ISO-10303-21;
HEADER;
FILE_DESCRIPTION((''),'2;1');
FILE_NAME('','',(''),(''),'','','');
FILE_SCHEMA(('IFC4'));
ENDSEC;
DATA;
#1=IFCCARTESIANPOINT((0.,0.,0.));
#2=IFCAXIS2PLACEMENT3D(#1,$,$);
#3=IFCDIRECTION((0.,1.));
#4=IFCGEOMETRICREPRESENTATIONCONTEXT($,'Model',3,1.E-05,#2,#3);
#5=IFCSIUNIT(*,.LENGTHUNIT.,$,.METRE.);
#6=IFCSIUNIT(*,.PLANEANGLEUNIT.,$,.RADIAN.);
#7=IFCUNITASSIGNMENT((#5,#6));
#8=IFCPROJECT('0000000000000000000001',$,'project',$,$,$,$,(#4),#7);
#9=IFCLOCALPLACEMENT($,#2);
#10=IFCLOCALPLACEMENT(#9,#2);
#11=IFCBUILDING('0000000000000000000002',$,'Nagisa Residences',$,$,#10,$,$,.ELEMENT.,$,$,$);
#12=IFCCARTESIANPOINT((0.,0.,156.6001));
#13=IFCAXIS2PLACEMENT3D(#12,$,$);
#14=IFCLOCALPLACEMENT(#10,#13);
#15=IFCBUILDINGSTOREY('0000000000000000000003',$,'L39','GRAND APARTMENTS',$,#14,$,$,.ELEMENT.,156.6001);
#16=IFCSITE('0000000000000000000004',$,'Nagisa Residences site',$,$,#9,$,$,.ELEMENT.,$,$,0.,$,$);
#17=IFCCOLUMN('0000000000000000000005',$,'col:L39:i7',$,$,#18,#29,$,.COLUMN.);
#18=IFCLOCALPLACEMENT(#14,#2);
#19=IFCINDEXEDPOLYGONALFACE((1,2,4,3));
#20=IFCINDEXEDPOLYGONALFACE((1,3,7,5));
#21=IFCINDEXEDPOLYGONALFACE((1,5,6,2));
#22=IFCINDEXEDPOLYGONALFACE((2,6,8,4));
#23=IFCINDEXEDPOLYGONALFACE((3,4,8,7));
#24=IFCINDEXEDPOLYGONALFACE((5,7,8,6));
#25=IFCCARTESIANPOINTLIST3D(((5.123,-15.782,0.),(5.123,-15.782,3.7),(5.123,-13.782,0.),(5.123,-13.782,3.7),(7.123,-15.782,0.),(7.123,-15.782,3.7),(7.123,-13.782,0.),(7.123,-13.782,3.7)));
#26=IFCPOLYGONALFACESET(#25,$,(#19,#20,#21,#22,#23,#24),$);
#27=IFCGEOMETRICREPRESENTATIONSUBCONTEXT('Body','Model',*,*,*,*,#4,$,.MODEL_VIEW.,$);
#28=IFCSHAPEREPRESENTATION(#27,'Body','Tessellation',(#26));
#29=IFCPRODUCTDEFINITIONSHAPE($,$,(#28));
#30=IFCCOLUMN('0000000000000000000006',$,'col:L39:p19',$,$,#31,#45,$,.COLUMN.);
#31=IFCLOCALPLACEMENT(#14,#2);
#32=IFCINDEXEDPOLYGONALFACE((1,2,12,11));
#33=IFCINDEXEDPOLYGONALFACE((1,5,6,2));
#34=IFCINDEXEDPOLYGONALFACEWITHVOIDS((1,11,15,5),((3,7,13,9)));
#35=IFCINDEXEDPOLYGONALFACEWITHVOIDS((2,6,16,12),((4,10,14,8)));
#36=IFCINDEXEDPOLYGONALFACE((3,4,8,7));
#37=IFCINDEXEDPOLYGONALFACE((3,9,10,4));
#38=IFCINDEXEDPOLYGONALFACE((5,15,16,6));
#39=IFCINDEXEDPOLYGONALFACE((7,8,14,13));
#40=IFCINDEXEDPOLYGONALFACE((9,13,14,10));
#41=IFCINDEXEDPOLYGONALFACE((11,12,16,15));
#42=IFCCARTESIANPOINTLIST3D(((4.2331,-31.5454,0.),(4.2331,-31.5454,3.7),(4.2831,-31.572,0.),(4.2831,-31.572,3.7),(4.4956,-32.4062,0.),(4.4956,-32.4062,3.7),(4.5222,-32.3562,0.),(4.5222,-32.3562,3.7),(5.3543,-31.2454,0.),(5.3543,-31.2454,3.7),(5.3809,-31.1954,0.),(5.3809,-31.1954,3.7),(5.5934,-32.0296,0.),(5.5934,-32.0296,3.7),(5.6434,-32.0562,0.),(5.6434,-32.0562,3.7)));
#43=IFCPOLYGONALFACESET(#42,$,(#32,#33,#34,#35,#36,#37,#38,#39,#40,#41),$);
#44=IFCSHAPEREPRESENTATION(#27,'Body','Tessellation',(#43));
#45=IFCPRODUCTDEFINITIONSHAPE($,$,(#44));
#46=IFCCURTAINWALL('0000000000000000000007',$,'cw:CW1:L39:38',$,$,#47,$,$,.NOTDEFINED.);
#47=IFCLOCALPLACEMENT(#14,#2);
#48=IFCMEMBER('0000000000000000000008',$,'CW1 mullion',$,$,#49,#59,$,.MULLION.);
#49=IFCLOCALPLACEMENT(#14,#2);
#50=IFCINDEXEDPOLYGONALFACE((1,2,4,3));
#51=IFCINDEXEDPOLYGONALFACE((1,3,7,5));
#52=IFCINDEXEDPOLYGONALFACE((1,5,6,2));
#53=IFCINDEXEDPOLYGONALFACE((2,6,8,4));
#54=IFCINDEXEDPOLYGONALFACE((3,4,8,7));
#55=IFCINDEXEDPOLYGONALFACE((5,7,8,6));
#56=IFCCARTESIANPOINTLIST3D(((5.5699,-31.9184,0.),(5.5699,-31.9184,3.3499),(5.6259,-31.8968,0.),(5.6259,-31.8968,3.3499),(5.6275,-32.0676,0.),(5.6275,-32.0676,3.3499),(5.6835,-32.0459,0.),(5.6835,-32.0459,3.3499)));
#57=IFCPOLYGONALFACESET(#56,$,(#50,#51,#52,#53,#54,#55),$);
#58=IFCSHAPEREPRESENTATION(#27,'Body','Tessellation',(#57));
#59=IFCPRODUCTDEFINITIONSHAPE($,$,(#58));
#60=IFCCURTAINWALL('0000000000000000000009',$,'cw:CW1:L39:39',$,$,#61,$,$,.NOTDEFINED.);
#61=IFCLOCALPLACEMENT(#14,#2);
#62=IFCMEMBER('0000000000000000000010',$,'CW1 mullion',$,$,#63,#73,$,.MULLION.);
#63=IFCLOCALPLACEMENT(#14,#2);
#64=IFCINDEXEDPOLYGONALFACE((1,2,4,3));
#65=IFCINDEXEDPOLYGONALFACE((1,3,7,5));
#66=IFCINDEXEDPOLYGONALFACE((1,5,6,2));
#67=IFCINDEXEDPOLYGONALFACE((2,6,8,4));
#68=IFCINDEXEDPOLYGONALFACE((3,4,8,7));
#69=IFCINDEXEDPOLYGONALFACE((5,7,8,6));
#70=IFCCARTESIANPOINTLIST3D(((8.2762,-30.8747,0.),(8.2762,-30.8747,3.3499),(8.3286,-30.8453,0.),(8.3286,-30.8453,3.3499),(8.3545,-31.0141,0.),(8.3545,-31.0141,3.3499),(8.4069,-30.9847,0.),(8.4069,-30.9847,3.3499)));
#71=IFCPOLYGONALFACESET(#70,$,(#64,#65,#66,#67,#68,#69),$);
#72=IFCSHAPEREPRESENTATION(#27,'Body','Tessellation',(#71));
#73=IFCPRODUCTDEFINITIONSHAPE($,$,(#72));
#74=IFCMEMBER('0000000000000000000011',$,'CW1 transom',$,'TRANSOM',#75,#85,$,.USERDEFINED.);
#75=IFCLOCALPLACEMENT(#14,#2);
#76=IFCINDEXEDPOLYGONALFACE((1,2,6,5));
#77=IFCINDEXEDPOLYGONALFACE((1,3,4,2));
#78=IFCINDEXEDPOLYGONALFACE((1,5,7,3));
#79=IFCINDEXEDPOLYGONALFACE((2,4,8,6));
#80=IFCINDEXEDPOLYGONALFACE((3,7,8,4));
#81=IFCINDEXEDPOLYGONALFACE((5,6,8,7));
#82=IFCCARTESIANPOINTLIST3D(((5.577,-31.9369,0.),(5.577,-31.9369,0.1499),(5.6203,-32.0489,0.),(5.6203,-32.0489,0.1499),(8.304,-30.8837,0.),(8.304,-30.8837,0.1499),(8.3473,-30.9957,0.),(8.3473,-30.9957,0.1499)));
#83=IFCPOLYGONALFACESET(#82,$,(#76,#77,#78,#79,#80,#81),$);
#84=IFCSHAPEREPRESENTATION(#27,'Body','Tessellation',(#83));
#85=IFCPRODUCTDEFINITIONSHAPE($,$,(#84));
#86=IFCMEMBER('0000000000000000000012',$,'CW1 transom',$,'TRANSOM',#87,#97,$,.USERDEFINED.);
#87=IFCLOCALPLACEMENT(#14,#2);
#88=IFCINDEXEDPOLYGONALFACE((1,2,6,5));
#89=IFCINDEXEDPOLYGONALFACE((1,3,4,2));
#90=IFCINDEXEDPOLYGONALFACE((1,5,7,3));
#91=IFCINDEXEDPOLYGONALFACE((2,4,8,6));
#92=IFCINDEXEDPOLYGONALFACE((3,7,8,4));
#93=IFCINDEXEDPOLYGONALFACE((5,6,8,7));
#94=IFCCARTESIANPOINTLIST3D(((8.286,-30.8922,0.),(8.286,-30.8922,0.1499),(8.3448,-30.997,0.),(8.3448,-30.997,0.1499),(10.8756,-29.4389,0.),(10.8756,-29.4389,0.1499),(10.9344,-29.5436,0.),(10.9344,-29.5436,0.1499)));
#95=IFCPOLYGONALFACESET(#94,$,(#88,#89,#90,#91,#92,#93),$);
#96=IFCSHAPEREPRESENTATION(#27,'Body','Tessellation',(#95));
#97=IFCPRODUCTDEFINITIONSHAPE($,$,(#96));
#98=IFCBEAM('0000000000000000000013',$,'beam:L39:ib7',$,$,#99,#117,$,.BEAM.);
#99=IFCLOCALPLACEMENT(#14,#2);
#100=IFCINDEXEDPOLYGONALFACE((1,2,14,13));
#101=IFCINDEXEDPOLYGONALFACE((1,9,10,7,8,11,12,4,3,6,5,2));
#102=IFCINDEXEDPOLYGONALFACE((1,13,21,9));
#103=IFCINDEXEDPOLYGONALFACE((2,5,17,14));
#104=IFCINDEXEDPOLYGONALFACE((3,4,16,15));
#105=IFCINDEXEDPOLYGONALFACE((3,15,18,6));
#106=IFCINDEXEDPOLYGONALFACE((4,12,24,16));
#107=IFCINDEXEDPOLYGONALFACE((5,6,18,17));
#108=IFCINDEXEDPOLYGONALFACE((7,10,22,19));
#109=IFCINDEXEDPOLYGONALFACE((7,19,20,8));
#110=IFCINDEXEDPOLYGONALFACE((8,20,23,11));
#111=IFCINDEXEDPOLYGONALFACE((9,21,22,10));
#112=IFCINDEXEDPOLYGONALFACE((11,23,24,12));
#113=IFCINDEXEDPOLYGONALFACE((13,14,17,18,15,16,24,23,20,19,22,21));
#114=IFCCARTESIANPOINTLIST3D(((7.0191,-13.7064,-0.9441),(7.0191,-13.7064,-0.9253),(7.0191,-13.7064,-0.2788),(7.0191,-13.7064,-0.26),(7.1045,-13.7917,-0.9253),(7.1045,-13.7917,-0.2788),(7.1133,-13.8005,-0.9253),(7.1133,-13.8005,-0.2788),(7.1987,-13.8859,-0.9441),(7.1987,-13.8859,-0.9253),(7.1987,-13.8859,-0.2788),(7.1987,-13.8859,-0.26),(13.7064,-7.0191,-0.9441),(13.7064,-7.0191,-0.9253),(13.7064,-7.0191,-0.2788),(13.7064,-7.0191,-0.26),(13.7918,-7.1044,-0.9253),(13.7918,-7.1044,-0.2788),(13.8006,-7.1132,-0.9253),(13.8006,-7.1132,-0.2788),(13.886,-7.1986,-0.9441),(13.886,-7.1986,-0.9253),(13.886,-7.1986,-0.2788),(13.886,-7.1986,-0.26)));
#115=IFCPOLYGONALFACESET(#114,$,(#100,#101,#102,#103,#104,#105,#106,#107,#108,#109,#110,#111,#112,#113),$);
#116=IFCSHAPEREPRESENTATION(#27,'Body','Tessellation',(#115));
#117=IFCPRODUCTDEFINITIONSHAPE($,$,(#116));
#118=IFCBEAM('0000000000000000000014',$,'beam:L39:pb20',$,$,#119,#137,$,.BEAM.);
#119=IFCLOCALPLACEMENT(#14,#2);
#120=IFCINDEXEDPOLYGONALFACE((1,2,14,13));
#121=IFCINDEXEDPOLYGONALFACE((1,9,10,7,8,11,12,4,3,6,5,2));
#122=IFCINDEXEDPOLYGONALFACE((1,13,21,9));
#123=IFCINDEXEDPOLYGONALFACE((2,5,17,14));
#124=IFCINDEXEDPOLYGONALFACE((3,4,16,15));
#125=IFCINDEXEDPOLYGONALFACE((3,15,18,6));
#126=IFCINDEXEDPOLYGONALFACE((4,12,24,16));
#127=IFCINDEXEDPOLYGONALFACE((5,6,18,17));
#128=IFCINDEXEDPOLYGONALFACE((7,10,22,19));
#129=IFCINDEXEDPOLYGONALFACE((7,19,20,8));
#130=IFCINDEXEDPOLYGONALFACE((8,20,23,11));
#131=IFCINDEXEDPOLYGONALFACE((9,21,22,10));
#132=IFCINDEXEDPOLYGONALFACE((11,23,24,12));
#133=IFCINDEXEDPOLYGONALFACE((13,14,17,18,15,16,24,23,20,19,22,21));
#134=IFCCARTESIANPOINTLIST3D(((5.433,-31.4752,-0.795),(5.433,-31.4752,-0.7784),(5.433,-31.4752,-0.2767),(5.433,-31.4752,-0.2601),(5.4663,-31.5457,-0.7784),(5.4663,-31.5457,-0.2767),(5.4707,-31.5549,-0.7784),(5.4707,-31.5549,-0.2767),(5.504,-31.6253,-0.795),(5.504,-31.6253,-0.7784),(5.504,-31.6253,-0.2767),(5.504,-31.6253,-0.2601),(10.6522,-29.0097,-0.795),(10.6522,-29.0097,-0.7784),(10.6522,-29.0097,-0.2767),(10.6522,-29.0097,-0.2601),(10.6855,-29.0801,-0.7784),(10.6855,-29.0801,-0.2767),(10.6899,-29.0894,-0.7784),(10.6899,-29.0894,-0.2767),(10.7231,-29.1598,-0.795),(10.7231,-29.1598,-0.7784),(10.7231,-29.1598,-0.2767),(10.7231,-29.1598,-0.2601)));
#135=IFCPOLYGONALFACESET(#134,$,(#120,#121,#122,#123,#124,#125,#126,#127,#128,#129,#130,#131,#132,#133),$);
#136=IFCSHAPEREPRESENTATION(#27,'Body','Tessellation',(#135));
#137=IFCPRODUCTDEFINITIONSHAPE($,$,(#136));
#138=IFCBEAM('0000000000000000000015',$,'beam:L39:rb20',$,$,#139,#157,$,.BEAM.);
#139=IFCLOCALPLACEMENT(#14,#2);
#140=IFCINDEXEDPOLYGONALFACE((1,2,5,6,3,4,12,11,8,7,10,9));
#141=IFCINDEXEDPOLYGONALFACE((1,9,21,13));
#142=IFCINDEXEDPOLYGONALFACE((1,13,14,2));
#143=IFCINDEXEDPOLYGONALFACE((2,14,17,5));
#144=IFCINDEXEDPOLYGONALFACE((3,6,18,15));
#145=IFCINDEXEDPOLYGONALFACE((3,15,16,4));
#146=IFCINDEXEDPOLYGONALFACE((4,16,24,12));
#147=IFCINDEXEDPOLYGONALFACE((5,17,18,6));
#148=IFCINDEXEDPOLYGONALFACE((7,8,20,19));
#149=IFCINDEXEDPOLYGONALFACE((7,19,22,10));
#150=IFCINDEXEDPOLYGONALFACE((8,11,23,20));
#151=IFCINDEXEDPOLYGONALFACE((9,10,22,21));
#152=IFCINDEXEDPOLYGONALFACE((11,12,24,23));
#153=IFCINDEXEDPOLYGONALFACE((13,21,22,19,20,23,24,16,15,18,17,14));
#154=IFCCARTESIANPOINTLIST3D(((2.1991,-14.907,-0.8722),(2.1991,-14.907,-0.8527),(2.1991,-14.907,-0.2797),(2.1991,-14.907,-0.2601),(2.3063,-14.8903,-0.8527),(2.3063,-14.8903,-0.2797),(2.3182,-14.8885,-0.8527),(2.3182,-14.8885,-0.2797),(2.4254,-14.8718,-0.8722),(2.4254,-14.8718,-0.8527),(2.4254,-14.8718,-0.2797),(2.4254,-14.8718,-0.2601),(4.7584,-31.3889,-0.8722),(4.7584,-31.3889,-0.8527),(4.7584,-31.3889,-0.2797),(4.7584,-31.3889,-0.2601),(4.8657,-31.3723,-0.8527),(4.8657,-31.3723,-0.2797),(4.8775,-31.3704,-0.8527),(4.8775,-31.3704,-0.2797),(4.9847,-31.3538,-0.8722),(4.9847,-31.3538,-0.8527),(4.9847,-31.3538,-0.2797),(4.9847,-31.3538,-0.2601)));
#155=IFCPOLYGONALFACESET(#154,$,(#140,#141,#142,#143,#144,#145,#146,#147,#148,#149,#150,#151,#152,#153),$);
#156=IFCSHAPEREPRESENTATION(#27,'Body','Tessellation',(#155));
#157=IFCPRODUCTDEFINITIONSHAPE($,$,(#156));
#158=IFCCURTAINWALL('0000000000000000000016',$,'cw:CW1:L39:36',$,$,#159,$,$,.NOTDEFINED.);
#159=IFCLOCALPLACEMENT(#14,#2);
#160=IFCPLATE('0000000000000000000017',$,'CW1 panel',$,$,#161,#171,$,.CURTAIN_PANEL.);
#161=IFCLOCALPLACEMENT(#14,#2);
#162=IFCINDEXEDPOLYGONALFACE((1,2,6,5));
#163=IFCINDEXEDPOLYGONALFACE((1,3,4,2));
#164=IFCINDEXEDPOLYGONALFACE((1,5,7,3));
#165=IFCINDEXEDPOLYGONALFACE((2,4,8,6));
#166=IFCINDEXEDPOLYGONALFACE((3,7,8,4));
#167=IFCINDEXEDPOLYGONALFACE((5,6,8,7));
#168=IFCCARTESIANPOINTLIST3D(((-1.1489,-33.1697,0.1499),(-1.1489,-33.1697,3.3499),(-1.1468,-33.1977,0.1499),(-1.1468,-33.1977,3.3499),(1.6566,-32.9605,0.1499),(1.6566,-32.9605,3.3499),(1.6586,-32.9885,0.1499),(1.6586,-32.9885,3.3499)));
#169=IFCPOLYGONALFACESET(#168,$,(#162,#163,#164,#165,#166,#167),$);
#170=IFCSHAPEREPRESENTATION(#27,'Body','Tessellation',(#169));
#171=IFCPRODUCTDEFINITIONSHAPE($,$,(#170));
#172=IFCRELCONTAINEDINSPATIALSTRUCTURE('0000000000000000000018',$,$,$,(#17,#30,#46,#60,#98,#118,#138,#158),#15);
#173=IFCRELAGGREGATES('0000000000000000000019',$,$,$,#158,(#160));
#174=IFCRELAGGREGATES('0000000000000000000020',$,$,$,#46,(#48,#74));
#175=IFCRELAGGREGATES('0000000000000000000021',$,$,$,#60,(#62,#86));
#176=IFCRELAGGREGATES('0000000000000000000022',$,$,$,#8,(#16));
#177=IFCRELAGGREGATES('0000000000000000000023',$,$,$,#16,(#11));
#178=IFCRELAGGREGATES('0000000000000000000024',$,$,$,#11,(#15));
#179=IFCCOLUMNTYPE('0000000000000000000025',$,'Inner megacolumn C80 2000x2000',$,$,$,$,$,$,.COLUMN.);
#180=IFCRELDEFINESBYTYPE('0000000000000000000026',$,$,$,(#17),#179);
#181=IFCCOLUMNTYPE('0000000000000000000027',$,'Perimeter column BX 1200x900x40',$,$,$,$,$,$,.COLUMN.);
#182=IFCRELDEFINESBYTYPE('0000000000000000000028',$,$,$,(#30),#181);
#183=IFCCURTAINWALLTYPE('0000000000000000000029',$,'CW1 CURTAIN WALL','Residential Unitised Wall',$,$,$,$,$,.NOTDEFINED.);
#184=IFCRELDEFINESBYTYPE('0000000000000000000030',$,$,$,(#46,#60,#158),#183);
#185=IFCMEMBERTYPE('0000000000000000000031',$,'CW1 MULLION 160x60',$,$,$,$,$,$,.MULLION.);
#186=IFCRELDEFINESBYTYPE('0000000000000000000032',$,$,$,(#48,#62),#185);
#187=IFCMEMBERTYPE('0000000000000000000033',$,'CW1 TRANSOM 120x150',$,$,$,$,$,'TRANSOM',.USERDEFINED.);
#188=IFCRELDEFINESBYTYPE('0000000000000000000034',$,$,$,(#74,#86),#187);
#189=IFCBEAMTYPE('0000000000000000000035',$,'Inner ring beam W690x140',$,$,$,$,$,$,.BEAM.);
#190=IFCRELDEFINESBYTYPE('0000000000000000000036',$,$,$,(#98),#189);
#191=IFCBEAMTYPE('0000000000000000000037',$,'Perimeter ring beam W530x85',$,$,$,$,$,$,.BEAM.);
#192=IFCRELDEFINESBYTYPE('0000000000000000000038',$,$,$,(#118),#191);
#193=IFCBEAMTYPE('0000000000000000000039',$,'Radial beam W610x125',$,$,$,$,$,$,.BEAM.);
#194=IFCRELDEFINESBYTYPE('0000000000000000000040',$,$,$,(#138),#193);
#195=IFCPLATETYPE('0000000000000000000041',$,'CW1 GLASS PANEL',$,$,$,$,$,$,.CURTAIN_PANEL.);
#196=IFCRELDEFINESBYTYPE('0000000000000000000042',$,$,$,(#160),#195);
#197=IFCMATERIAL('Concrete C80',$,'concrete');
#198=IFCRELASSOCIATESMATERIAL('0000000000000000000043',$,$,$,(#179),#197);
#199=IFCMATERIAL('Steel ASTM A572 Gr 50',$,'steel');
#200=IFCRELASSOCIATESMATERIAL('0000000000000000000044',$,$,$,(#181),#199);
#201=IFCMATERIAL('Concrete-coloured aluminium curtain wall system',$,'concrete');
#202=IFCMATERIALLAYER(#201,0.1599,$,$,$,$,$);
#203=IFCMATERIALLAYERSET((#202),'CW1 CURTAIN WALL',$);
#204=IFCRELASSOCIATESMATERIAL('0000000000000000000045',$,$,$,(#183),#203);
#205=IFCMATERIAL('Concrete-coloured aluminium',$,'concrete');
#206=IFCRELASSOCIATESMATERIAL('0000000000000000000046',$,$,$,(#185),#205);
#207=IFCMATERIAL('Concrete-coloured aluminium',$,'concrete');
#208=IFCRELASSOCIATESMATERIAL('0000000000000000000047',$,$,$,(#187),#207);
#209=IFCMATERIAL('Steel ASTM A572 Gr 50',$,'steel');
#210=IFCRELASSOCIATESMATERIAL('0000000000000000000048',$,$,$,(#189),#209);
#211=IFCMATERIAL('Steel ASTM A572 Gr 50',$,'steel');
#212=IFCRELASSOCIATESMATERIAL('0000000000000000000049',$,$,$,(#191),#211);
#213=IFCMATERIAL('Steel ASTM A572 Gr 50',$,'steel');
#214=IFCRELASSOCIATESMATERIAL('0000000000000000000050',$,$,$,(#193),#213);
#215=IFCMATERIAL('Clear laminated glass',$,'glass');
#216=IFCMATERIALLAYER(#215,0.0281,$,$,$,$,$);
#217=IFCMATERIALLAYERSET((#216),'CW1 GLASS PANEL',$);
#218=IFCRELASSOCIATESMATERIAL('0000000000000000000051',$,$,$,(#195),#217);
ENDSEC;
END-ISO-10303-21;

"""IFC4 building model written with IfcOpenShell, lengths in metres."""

from ifc_helpers import new_model, si_unit, direction, frame, origin, origin_2d, place, context, subcontext, project, spatial, rectangle, hollow_rectangle, i_section, extrude, material, layer, layer_set, material_profile, profile_set, type_object, element, aggregate, save


model = new_model("IFC4")

# Units and contexts
model_context = context("Model", 3, precision=1e-05, world=origin(), true_north=direction((0.0, 1.0)))
body_context = subcontext(model_context, "Body", "Model", "MODEL_VIEW")
ifc_project = project(units=[si_unit("LENGTHUNIT", "METRE"), si_unit("PLANEANGLEUNIT", "RADIAN")], contexts=[model_context])

# Site, building, storey
site_placement = place(None, origin())
site = spatial("IfcSite", under=ifc_project, at=site_placement, Name="Nagisa Residences site", CompositionType="ELEMENT", RefElevation=0.0)
building_placement = place(site_placement, origin())
building = spatial("IfcBuilding", under=site, at=building_placement, Name="Nagisa Residences", CompositionType="ELEMENT")
storey_placement = place(building_placement, frame((0.0, 0.0, 156.6001)))
storey = spatial("IfcBuildingStorey", under=building, at=storey_placement, Name="L39", Description="GRAND APARTMENTS", CompositionType="ELEMENT", Elevation=156.6001)

# Columns
ifc_material_1 = material(Name="Concrete C80", Category="concrete")
ifc_material_profile_1 = material_profile(ifc_material_1, rectangle(XDim=2.0, YDim=2.0, at=origin_2d()), Name="C80 2000x2000")
ifc_profile_set_1 = profile_set([ifc_material_profile_1], Name="Concrete C80")
column_type_1 = type_object("IfcColumnType", Name="Inner megacolumn C80 2000x2000", PredefinedType="COLUMN", material=ifc_profile_set_1)
column_1_placement = place(storey_placement, frame((6.123, -14.782, 0.0), z_axis=(0.0, 0.0, 1.0), x_axis=(1.0, 0.0, 0.0)))
element("IfcColumn", 1, at=column_1_placement, inside=storey, type_object=column_type_1, Name="col:L39:i7", PredefinedType="COLUMN", context=body_context, shape_type="SweptSolid", body=[
    extrude(rectangle(XDim=2.0, YDim=2.0, at=origin_2d()), origin(), (0.0, 0.0, 1.0), 3.7),
])
ifc_material_2 = material(Name="Steel ASTM A572 Gr 50", Category="steel")
ifc_material_profile_2 = material_profile(ifc_material_2, hollow_rectangle(XDim=1.2, YDim=0.8999, WallThickness=0.04, at=origin_2d()), Name="BX 1200x900x40")
ifc_profile_set_2 = profile_set([ifc_material_profile_2], Name="Steel ASTM A572 Gr 50")
column_type_2 = type_object("IfcColumnType", Name="Perimeter column BX 1200x900x40", PredefinedType="COLUMN", material=ifc_profile_set_2)
column_2_placement = place(storey_placement, frame((4.9382, -31.8008, 0.0), z_axis=(0.0, 0.0, 1.0), x_axis=(0.956525, 0.291652, 0.0)))
element("IfcColumn", 2, at=column_2_placement, inside=storey, type_object=column_type_2, Name="col:L39:p19", PredefinedType="COLUMN", context=body_context, shape_type="SweptSolid", body=[
    extrude(hollow_rectangle(XDim=1.2, YDim=0.8999, WallThickness=0.04, at=origin_2d()), origin(), (0.0, 0.0, 1.0), 3.7),
])

# Curtain walls, members
ifc_material_3 = material(Name="Concrete-coloured aluminium curtain wall system", Category="concrete")
ifc_layer_1 = layer(ifc_material_3, 0.1599)
ifc_layer_set_1 = layer_set([ifc_layer_1], Name="CW1 CURTAIN WALL")
curtain_wall_type = type_object("IfcCurtainWallType", Name="CW1 CURTAIN WALL", Description="Residential Unitised Wall", PredefinedType="NOTDEFINED", material=ifc_layer_set_1)
curtain_wall_1_placement = place(storey_placement, origin())
curtain_wall_1 = element("IfcCurtainWall", 3, at=curtain_wall_1_placement, inside=storey, type_object=curtain_wall_type, Name="cw:CW1:L39:38", PredefinedType="NOTDEFINED")
ifc_material_4 = material(Name="Concrete-coloured aluminium", Category="concrete")
ifc_material_profile_3 = material_profile(ifc_material_4, rectangle(XDim=0.1599, YDim=0.0601, at=origin_2d()), Name="CW1 MULLION 160x60")
ifc_profile_set_3 = profile_set([ifc_material_profile_3], Name="Concrete-coloured aluminium")
member_type_1 = type_object("IfcMemberType", Name="CW1 MULLION 160x60", PredefinedType="MULLION", material=ifc_profile_set_3)
member_1_placement = place(storey_placement, frame((5.6267, -31.9822, 0.0), z_axis=(0.0, 0.0, 1.0), x_axis=(-0.360328, 0.932826, 0.0)))
member_1 = element("IfcMember", 4, at=member_1_placement, type_object=member_type_1, Name="CW1 mullion", PredefinedType="MULLION", context=body_context, shape_type="SweptSolid", body=[
    extrude(rectangle(XDim=0.1599, YDim=0.0601, at=origin_2d()), origin(), (0.0, 0.0, 1.0), 3.3499),
])
curtain_wall_2_placement = place(storey_placement, origin())
curtain_wall_2 = element("IfcCurtainWall", 5, at=curtain_wall_2_placement, inside=storey, type_object=curtain_wall_type, Name="cw:CW1:L39:39", PredefinedType="NOTDEFINED")
member_2_placement = place(storey_placement, frame((8.3416, -30.9297, 0.0), z_axis=(0.0, 0.0, 1.0), x_axis=(-0.489377, 0.872072, 0.0)))
member_2 = element("IfcMember", 6, at=member_2_placement, type_object=member_type_1, Name="CW1 mullion", PredefinedType="MULLION", context=body_context, shape_type="SweptSolid", body=[
    extrude(rectangle(XDim=0.1599, YDim=0.0601, at=origin_2d()), origin(), (0.0, 0.0, 1.0), 3.3499),
])

# Members
ifc_material_5 = material(Name="Concrete-coloured aluminium", Category="concrete")
ifc_material_profile_4 = material_profile(ifc_material_5, rectangle(XDim=0.1201, YDim=0.1499, at=origin_2d()), Name="CW1 TRANSOM 120x150")
ifc_profile_set_4 = profile_set([ifc_material_profile_4], Name="Concrete-coloured aluminium")
member_type_2 = type_object("IfcMemberType", Name="CW1 TRANSOM 120x150", ElementType="TRANSOM", PredefinedType="USERDEFINED", material=ifc_profile_set_4)
member_3_placement = place(storey_placement, frame((5.5986, -31.9929, 0.075), z_axis=(0.932845, 0.360277, 0.0), x_axis=(-0.360277, 0.932845, 0.0)))
member_3 = element("IfcMember", 7, at=member_3_placement, type_object=member_type_2, Name="CW1 transom", ObjectType="TRANSOM", PredefinedType="USERDEFINED", context=body_context, shape_type="SweptSolid", body=[
    extrude(rectangle(XDim=0.1201, YDim=0.1499, at=origin_2d()), origin(), (0.0, 0.0, 1.0), 2.9233),
])
member_4_placement = place(storey_placement, frame((8.3154, -30.9446, 0.075), z_axis=(0.872047, 0.489422, 0.0), x_axis=(-0.489422, 0.872047, 0.0)))
member_4 = element("IfcMember", 8, at=member_4_placement, type_object=member_type_2, Name="CW1 transom", ObjectType="TRANSOM", PredefinedType="USERDEFINED", context=body_context, shape_type="SweptSolid", body=[
    extrude(rectangle(XDim=0.1201, YDim=0.1499, at=origin_2d()), origin(), (0.0, 0.0, 1.0), 2.9695),
])

# Beams
ifc_material_6 = material(Name="Steel ASTM A572 Gr 50", Category="steel")
ifc_material_profile_5 = material_profile(ifc_material_6, i_section(OverallWidth=0.2539, OverallDepth=0.6841, WebThickness=0.0125, FlangeThickness=0.0188, at=origin_2d()), Name="W690x140")
ifc_profile_set_5 = profile_set([ifc_material_profile_5], Name="Steel ASTM A572 Gr 50")
beam_type_1 = type_object("IfcBeamType", Name="Inner ring beam W690x140", PredefinedType="BEAM", material=ifc_profile_set_5)
beam_1_placement = place(storey_placement, frame((7.1089, -13.7961, -0.6021), z_axis=(0.707107, 0.707107, 0.0), x_axis=(-0.707107, 0.707107, 0.0)))
element("IfcBeam", 9, at=beam_1_placement, inside=storey, type_object=beam_type_1, Name="beam:L39:ib7", PredefinedType="BEAM", context=body_context, shape_type="SweptSolid", body=[
    extrude(i_section(OverallWidth=0.2539, OverallDepth=0.6841, WebThickness=0.0125, FlangeThickness=0.0188, at=origin_2d()), origin(), (0.0, 0.0, 1.0), 9.4573),
])
ifc_material_7 = material(Name="Steel ASTM A572 Gr 50", Category="steel")
ifc_material_profile_6 = material_profile(ifc_material_7, i_section(OverallWidth=0.166, OverallDepth=0.5349, WebThickness=0.0103, FlangeThickness=0.0166, at=origin_2d()), Name="W530x85")
ifc_profile_set_6 = profile_set([ifc_material_profile_6], Name="Steel ASTM A572 Gr 50")
beam_type_2 = type_object("IfcBeamType", Name="Perimeter ring beam W530x85", PredefinedType="BEAM", material=ifc_profile_set_6)
beam_2_placement = place(storey_placement, frame((5.4685, -31.5503, -0.5276), z_axis=(0.904186, 0.427139, 0.0), x_axis=(-0.427139, 0.904186, 0.0)))
element("IfcBeam", 10, at=beam_2_placement, inside=storey, type_object=beam_type_2, Name="beam:L39:pb20", PredefinedType="BEAM", context=body_context, shape_type="SweptSolid", body=[
    extrude(i_section(OverallWidth=0.166, OverallDepth=0.5349, WebThickness=0.0103, FlangeThickness=0.0166, at=origin_2d()), origin(), (0.0, 0.0, 1.0), 5.7722),
])
ifc_material_8 = material(Name="Steel ASTM A572 Gr 50", Category="steel")
ifc_material_profile_7 = material_profile(ifc_material_8, i_section(OverallWidth=0.229, OverallDepth=0.6121, WebThickness=0.012, FlangeThickness=0.0195, at=origin_2d()), Name="W610x125")
ifc_profile_set_7 = profile_set([ifc_material_profile_7], Name="Steel ASTM A572 Gr 50")
beam_type_3 = type_object("IfcBeamType", Name="Radial beam W610x125", PredefinedType="BEAM", material=ifc_profile_set_7)
beam_3_placement = place(storey_placement, frame((4.8716, -31.3713, -0.5662), z_axis=(-0.153442, 0.988158, 0.0), x_axis=(-0.988158, -0.153442, 0.0)))
element("IfcBeam", 11, at=beam_3_placement, inside=storey, type_object=beam_type_3, Name="beam:L39:rb20", PredefinedType="BEAM", context=body_context, shape_type="SweptSolid", body=[
    extrude(i_section(OverallWidth=0.229, OverallDepth=0.6121, WebThickness=0.012, FlangeThickness=0.0195, at=origin_2d()), origin(), (0.0, 0.0, 1.0), 16.6794),
])

# Curtain wall, plate
curtain_wall_3_placement = place(storey_placement, origin())
curtain_wall_3 = element("IfcCurtainWall", 12, at=curtain_wall_3_placement, inside=storey, type_object=curtain_wall_type, Name="cw:CW1:L39:36", PredefinedType="NOTDEFINED")
ifc_material_9 = material(Name="Clear laminated glass", Category="glass")
ifc_layer_2 = layer(ifc_material_9, 0.0281)
ifc_layer_set_2 = layer_set([ifc_layer_2], Name="CW1 GLASS PANEL")
plate_type = type_object("IfcPlateType", Name="CW1 GLASS PANEL", PredefinedType="CURTAIN_PANEL", material=ifc_layer_set_2)
plate_1_placement = place(storey_placement, frame((0.2549, -33.0791, 0.1499), z_axis=(0.0, 0.0, 1.0), x_axis=(0.99723, 0.074377, 0.0)))
plate_1 = element("IfcPlate", 13, at=plate_1_placement, type_object=plate_type, Name="CW1 panel", PredefinedType="CURTAIN_PANEL", context=body_context, shape_type="SweptSolid", body=[
    extrude(rectangle(XDim=2.8132, YDim=0.0281, at=origin_2d()), origin(), (0.0, 0.0, 1.0), 3.2),
])
aggregate(curtain_wall_3, [plate_1])

aggregate(curtain_wall_1, [member_1, member_3])
aggregate(curtain_wall_2, [member_2, member_4])

save(model, "model.ifc")
